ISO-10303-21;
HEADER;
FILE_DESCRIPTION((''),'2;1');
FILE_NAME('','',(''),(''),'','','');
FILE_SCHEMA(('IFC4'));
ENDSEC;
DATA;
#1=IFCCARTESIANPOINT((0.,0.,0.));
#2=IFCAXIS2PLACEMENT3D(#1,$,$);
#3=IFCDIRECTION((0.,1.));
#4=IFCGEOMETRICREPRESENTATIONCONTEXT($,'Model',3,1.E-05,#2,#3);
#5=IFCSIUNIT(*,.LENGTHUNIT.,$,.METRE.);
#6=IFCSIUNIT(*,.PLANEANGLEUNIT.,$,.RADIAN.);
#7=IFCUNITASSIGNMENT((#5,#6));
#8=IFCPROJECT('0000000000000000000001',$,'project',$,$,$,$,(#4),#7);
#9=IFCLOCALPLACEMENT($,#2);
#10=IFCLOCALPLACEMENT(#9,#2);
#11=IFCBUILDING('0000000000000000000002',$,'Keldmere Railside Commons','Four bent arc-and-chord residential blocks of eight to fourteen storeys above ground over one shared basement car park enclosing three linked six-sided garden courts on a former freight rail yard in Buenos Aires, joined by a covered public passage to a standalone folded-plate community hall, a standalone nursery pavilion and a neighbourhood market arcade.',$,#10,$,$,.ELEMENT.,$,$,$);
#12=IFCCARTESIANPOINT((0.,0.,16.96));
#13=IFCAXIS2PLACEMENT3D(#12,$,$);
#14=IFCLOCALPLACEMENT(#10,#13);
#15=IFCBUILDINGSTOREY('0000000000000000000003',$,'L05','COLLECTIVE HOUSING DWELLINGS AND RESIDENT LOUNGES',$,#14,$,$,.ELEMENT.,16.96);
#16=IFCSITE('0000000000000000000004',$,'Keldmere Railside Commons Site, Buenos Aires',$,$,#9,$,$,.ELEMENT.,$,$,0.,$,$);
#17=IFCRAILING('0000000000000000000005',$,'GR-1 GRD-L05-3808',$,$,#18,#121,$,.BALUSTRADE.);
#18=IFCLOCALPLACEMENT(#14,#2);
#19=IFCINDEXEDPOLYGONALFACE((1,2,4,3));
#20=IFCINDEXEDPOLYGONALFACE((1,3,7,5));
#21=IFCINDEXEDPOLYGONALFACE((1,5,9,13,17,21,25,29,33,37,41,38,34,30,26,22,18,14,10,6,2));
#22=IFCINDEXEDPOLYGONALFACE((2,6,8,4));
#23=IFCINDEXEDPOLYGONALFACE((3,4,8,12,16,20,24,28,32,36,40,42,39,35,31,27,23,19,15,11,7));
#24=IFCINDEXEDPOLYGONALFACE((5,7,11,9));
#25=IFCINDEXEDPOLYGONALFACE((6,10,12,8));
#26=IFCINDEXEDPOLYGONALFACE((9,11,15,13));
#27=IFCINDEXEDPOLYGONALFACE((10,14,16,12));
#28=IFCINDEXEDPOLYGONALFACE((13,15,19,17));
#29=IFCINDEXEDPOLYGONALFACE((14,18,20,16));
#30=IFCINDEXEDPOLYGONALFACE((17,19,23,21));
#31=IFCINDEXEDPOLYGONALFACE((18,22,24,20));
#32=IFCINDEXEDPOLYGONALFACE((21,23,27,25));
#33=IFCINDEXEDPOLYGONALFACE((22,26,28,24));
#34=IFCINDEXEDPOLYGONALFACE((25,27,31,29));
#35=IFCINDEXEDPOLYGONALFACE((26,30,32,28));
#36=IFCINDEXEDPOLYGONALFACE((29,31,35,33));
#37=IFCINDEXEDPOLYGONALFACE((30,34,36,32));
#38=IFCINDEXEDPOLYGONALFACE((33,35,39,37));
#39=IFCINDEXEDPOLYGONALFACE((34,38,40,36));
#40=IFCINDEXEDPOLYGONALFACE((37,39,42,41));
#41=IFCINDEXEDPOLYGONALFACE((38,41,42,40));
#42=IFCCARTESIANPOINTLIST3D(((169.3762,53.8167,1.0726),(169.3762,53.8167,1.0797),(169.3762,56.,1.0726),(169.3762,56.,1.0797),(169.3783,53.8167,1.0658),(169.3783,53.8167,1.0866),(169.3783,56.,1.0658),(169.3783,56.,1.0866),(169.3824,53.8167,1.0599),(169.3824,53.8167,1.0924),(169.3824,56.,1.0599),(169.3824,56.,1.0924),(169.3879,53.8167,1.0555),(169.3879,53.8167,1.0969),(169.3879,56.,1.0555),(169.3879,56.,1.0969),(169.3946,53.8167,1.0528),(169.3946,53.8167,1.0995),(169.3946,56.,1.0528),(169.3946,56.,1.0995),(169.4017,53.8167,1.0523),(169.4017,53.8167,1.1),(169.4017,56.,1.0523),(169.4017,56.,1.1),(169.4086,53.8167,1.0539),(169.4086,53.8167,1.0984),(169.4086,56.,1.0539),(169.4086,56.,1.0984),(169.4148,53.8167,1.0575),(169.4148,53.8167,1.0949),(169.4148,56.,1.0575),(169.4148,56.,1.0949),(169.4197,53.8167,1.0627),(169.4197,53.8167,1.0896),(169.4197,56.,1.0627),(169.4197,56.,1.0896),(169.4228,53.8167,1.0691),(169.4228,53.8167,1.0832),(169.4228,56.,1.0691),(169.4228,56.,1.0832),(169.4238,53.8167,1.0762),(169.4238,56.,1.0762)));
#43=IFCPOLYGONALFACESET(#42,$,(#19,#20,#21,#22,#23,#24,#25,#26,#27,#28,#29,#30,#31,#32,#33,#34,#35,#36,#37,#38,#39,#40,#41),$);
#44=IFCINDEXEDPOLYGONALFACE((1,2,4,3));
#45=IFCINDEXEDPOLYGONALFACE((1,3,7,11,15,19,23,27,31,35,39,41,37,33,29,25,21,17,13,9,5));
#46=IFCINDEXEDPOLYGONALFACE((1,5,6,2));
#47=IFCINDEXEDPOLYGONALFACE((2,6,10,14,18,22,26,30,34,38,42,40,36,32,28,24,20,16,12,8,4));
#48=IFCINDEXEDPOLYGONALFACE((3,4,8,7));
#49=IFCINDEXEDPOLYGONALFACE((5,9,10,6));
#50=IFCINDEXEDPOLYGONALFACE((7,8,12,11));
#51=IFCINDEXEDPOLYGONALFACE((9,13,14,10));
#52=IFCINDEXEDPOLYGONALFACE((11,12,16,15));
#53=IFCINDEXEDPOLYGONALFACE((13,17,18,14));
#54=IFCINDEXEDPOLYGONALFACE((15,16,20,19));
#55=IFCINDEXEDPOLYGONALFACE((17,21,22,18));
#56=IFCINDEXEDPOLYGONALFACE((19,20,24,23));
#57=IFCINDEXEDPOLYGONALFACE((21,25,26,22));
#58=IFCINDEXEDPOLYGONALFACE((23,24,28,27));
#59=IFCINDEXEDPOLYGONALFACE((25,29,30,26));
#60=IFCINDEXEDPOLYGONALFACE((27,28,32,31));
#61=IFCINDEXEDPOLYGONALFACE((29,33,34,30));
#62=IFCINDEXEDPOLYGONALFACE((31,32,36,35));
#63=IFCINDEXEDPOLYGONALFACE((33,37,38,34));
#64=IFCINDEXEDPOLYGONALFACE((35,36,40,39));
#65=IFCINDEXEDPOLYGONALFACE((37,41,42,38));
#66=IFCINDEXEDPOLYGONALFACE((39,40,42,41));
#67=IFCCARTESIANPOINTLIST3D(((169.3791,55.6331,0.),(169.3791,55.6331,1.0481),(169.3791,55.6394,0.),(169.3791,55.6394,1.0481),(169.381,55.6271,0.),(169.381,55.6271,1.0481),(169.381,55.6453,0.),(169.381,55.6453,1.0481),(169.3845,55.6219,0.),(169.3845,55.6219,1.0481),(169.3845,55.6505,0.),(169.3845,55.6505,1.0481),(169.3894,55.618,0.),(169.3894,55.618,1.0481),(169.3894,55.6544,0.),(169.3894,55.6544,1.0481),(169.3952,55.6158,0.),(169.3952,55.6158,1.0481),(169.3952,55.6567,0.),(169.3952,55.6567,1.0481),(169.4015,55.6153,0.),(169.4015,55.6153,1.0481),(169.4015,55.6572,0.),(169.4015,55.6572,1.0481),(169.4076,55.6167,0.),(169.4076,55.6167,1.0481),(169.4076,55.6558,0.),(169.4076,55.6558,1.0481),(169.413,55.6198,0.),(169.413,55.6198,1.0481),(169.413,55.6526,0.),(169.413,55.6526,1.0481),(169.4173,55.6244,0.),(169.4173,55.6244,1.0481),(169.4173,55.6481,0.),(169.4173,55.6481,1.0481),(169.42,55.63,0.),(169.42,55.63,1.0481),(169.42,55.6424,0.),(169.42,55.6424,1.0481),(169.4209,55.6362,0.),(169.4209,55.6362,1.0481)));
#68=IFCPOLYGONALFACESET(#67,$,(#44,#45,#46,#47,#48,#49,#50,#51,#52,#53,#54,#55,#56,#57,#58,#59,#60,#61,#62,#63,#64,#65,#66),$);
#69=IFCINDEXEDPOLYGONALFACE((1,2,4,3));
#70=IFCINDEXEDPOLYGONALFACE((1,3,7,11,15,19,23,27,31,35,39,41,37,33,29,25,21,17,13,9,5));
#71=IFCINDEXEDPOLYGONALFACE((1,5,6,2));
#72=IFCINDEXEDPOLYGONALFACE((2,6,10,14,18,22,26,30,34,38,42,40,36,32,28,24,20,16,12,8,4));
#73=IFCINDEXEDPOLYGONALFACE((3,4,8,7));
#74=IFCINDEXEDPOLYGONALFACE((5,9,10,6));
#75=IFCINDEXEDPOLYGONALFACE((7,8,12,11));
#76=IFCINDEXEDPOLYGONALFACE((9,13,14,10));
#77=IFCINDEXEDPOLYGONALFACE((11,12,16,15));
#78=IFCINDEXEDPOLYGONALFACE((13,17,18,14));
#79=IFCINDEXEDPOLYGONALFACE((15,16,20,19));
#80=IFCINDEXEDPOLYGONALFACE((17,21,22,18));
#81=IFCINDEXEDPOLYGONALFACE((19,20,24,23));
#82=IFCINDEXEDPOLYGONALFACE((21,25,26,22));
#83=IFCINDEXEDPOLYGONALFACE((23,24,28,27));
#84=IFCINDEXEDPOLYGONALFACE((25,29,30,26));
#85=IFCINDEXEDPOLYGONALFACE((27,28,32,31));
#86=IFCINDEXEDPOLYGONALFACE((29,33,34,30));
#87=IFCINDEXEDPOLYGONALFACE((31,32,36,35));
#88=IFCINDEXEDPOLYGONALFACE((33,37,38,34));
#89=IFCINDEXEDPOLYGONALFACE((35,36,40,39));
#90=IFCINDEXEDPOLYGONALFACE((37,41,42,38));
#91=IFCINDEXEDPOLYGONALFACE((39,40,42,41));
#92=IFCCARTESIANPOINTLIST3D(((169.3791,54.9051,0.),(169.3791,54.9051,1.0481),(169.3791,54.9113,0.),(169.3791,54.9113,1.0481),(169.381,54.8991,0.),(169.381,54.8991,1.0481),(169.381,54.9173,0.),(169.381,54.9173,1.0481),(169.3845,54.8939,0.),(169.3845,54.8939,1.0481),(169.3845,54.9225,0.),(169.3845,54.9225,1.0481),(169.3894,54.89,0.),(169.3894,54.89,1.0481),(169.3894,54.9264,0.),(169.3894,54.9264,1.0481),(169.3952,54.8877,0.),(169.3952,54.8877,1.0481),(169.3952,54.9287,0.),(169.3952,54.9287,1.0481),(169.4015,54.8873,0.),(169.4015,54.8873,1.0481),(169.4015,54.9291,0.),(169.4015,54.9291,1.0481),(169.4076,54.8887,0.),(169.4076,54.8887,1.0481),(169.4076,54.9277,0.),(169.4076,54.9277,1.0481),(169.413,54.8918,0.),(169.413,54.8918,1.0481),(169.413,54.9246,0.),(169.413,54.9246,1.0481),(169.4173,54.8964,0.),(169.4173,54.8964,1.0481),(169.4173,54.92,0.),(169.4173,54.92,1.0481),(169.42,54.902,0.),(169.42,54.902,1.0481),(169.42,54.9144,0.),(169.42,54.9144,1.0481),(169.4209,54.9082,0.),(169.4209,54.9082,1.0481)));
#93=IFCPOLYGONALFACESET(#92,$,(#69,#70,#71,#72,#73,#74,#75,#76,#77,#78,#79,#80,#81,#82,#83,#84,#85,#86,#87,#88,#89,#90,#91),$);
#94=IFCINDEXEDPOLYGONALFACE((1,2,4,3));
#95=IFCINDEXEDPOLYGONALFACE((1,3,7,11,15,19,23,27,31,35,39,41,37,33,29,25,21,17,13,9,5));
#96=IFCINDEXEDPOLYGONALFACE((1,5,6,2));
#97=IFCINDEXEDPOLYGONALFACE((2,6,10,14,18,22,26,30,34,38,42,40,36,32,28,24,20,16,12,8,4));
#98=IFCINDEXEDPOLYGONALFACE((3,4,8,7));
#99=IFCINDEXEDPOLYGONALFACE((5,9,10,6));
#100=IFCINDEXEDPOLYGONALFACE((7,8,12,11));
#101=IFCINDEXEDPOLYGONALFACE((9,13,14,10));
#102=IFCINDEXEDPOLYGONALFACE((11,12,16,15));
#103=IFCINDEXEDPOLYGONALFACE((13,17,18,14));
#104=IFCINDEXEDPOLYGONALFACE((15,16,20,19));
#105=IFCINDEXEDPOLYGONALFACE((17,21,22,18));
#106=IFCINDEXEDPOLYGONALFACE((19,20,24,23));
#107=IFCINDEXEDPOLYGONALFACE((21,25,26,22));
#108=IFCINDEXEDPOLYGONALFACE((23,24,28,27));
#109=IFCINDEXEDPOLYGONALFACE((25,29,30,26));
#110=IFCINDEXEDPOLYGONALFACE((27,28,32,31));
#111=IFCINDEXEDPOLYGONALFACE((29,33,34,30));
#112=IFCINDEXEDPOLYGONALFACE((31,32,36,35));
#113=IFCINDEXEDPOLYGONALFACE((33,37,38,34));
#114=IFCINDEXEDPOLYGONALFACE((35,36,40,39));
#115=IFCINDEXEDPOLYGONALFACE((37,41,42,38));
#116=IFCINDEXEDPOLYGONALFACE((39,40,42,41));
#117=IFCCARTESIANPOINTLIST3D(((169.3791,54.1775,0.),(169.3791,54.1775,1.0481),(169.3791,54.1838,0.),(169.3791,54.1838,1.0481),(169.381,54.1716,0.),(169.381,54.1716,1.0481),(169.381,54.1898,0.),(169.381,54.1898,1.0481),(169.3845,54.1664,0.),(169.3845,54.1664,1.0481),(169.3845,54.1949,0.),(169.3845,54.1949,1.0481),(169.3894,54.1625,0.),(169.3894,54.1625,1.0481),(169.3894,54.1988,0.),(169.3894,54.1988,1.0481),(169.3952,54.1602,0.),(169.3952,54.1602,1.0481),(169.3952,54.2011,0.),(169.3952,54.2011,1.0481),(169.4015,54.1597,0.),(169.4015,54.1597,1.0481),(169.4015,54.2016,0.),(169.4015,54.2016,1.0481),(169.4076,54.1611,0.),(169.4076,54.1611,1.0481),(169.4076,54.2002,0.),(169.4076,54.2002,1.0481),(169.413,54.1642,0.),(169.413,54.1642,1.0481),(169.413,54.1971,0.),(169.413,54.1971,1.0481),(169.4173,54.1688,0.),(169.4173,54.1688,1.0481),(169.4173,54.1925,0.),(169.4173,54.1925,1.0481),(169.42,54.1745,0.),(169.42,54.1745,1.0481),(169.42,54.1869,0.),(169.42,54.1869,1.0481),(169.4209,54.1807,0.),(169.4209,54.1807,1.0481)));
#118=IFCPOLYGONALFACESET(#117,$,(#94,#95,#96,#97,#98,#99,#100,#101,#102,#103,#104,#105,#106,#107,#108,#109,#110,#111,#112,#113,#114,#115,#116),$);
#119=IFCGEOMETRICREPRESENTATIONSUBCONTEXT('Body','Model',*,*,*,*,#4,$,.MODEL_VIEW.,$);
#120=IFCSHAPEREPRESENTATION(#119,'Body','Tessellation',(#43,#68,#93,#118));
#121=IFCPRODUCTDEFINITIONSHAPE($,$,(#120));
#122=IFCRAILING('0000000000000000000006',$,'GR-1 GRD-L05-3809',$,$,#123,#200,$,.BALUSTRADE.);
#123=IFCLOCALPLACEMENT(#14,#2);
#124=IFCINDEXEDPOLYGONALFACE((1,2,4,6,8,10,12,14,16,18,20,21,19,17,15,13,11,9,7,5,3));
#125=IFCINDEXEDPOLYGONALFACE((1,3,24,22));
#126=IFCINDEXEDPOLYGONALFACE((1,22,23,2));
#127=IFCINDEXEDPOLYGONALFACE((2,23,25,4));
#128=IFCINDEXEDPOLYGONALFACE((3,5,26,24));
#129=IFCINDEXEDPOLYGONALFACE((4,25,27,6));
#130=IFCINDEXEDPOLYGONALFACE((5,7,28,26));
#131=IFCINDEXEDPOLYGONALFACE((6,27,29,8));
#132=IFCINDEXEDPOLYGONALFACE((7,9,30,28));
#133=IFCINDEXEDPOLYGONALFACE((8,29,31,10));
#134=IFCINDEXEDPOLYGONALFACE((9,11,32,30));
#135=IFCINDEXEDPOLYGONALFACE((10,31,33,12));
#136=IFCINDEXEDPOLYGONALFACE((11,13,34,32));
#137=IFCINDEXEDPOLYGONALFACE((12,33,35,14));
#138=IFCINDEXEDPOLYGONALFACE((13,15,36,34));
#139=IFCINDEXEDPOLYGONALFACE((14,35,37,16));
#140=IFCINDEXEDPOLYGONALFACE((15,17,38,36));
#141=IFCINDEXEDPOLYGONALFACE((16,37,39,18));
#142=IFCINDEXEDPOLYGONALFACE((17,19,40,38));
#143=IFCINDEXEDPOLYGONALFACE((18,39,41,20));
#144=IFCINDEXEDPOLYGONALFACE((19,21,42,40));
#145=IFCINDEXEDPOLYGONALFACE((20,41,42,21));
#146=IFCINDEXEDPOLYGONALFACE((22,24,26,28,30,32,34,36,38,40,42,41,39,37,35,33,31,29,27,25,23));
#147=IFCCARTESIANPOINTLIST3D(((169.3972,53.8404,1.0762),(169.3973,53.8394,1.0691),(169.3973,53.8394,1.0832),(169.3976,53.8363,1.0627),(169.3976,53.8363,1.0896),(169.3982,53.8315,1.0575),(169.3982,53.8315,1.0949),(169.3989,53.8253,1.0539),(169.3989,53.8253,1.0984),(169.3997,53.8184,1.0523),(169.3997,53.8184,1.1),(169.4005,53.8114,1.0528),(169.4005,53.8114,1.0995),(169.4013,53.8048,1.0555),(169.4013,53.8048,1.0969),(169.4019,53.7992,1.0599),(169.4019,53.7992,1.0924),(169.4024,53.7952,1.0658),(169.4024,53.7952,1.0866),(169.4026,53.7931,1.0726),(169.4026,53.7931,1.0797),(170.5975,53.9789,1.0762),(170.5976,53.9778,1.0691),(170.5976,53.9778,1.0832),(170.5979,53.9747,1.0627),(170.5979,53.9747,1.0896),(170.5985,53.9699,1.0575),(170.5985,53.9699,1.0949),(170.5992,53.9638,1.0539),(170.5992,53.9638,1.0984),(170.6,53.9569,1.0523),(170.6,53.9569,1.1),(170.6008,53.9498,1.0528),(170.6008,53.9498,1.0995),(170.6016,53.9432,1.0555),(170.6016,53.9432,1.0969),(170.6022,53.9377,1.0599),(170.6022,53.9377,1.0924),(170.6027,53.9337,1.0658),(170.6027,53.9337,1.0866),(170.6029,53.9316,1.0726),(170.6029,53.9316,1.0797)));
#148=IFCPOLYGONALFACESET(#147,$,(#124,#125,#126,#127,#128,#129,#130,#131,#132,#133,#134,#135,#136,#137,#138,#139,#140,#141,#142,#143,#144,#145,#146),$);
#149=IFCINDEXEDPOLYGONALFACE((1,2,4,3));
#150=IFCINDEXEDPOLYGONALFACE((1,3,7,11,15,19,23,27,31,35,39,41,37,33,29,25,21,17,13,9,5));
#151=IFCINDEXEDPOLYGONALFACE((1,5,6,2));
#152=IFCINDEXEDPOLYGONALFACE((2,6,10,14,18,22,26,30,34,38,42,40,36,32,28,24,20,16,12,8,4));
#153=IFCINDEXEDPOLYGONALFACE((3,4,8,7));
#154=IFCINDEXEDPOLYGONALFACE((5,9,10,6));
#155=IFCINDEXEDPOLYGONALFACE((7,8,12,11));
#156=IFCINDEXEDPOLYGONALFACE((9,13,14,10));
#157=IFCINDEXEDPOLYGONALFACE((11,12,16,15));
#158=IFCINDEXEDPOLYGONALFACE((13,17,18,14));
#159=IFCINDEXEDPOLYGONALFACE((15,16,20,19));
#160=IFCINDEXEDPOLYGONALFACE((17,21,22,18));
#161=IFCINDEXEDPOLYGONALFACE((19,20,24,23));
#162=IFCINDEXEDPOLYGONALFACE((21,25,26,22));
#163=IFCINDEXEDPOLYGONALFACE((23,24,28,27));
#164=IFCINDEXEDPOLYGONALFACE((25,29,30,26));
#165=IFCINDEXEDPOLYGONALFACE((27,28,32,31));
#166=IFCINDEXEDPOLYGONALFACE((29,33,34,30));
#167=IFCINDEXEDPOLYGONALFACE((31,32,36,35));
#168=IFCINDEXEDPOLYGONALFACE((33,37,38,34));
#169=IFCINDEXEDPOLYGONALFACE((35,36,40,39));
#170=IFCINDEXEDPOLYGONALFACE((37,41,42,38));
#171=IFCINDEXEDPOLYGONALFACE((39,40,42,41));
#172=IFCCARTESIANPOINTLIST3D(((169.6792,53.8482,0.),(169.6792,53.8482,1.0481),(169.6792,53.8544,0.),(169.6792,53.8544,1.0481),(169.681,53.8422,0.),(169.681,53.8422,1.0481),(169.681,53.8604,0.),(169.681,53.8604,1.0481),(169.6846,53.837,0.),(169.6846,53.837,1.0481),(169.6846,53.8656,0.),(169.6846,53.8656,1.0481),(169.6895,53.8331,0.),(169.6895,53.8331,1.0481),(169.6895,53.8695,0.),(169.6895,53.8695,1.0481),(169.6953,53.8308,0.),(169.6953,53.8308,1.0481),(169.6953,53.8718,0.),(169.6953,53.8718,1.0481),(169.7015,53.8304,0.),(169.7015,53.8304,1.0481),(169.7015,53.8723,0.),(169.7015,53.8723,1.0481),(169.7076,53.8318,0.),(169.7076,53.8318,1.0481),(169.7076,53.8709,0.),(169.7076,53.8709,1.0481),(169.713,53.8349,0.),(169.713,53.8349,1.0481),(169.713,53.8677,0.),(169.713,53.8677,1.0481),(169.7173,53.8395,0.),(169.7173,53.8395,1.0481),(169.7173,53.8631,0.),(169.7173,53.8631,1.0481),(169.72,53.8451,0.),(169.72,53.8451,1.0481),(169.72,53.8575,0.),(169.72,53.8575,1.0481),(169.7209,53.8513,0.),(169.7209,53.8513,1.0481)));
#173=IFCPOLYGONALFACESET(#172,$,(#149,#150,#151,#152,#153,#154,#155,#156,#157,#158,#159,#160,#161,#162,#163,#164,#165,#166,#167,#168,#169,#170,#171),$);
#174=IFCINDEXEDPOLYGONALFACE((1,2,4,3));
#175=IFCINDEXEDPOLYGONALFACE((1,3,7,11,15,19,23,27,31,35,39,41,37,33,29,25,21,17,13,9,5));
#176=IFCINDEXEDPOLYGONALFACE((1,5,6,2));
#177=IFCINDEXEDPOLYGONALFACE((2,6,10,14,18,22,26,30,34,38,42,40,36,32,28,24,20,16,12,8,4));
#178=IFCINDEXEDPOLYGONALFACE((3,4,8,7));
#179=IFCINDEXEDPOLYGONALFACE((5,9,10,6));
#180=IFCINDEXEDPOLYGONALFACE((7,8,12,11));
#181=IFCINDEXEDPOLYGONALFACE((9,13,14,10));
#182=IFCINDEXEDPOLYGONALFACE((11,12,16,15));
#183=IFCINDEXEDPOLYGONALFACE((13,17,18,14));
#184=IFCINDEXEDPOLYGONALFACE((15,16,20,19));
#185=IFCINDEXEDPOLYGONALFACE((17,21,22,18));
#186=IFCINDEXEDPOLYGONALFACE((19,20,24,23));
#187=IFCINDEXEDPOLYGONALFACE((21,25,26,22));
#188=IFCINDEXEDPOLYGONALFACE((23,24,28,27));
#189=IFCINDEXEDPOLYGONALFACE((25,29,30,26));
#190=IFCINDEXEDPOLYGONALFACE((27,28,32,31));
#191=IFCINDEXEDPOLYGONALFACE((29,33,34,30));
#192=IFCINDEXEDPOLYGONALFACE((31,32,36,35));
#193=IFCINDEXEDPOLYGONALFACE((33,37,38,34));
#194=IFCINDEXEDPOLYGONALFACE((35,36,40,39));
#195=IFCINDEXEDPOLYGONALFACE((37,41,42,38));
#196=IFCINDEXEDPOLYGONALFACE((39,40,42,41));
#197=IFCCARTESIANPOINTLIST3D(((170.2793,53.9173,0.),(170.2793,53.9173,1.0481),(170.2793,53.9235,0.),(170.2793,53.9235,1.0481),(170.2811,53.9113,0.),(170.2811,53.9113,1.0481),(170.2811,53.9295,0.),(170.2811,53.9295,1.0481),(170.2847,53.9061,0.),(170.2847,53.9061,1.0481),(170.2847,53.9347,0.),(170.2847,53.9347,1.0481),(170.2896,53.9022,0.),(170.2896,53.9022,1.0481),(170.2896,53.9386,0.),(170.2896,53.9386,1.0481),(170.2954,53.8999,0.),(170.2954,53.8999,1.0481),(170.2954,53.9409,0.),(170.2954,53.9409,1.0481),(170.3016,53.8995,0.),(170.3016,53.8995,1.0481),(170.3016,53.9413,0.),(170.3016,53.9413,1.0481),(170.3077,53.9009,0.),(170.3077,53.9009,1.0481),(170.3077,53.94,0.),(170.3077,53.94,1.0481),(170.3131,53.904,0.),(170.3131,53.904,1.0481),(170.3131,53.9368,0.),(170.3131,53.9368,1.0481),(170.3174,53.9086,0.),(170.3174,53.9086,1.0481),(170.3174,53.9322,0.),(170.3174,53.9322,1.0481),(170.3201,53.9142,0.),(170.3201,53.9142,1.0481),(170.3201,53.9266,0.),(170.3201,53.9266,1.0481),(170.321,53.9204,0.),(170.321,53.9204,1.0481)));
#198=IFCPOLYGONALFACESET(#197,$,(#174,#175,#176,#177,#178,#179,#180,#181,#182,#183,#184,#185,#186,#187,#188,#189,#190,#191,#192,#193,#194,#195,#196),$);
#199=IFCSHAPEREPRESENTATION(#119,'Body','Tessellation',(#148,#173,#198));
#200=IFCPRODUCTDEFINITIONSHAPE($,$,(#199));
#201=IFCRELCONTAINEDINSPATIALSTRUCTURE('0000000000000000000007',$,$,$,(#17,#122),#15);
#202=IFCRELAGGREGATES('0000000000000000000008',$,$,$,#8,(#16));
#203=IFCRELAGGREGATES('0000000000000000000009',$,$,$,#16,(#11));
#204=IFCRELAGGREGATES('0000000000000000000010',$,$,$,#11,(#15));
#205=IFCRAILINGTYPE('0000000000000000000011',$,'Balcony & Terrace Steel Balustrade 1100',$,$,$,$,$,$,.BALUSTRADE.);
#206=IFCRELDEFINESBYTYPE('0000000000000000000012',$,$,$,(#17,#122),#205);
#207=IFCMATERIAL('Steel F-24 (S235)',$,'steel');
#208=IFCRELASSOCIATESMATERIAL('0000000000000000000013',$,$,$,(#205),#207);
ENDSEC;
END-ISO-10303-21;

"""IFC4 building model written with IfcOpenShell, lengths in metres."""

from ifc_helpers import new_model, si_unit, direction, frame, origin, origin_2d, place, context, subcontext, project, spatial, circle, extrude, material, type_object, element, save


model = new_model("IFC4")

# Units and contexts
model_context = context("Model", 3, precision=1e-05, world=origin(), true_north=direction((0.0, 1.0)))
body_context = subcontext(model_context, "Body", "Model", "MODEL_VIEW")
ifc_project = project(units=[si_unit("LENGTHUNIT", "METRE"), si_unit("PLANEANGLEUNIT", "RADIAN")], contexts=[model_context])

# Site, building, storey
site_placement = place(None, origin())
site = spatial("IfcSite", under=ifc_project, at=site_placement, Name="Keldmere Railside Commons Site, Buenos Aires", CompositionType="ELEMENT", RefElevation=0.0)
building_placement = place(site_placement, origin())
building = spatial("IfcBuilding", under=site, at=building_placement, Name="Keldmere Railside Commons", Description="Four bent arc-and-chord residential blocks of eight to fourteen storeys above ground over one shared basement car park enclosing three linked six-sided garden courts on a former freight rail yard in Buenos Aires, joined by a covered public passage to a standalone folded-plate community hall, a standalone nursery pavilion and a neighbourhood market arcade.", CompositionType="ELEMENT")
storey_placement = place(building_placement, frame((0.0, 0.0, 16.96)))
storey = spatial("IfcBuildingStorey", under=building, at=storey_placement, Name="L05", Description="COLLECTIVE HOUSING DWELLINGS AND RESIDENT LOUNGES", CompositionType="ELEMENT", Elevation=16.96)

# Railings
ifc_material_1 = material(Name="Steel F-24 (S235)", Category="steel")
railing_type = type_object("IfcRailingType", Name="Balcony & Terrace Steel Balustrade 1100", PredefinedType="BALUSTRADE", material=ifc_material_1)
railing_1_placement = place(storey_placement, frame((169.3999, 56.0, 0.0)))
element("IfcRailing", 1, at=railing_1_placement, inside=storey, type_object=railing_type, Name="GR-1 GRD-L05-3808", PredefinedType="BALUSTRADE", context=body_context, shape_type="SweptSolid", body=[
    extrude(circle(Radius=0.0239, at=origin_2d()), frame((0.0, 0.0, 1.0762), z_axis=(0.0, -1.0, 0.0), x_axis=(1.0, 0.0, 0.0)), (0.0, 0.0, 1.0), 2.1833),
    extrude(circle(Radius=0.021, at=origin_2d()), frame((0.0, -0.3638, 0.0)), (0.0, 0.0, 1.0), 1.0481),
    extrude(circle(Radius=0.021, at=origin_2d()), frame((0.0, -1.0918, 0.0)), (0.0, 0.0, 1.0), 1.0481),
    extrude(circle(Radius=0.021, at=origin_2d()), frame((0.0, -1.8193, 0.0)), (0.0, 0.0, 1.0), 1.0481),
])
railing_2_placement = place(storey_placement, frame((169.3999, 53.8167, 0.0)))
element("IfcRailing", 2, at=railing_2_placement, inside=storey, type_object=railing_type, Name="GR-1 GRD-L05-3809", PredefinedType="BALUSTRADE", context=body_context, shape_type="SweptSolid", body=[
    extrude(circle(Radius=0.0239, at=origin_2d()), frame((0.0, 0.0, 1.0762), z_axis=(0.993414, 0.114578, 0.0), x_axis=(-0.114578, 0.993414, 0.0)), (0.0, 0.0, 1.0), 1.2083),
    extrude(circle(Radius=0.021, at=origin_2d()), frame((0.3, 0.0347, 0.0)), (0.0, 0.0, 1.0), 1.0481),
    extrude(circle(Radius=0.021, at=origin_2d()), frame((0.9001, 0.1038, 0.0)), (0.0, 0.0, 1.0), 1.0481),
])

save(model, "model.ifc")
